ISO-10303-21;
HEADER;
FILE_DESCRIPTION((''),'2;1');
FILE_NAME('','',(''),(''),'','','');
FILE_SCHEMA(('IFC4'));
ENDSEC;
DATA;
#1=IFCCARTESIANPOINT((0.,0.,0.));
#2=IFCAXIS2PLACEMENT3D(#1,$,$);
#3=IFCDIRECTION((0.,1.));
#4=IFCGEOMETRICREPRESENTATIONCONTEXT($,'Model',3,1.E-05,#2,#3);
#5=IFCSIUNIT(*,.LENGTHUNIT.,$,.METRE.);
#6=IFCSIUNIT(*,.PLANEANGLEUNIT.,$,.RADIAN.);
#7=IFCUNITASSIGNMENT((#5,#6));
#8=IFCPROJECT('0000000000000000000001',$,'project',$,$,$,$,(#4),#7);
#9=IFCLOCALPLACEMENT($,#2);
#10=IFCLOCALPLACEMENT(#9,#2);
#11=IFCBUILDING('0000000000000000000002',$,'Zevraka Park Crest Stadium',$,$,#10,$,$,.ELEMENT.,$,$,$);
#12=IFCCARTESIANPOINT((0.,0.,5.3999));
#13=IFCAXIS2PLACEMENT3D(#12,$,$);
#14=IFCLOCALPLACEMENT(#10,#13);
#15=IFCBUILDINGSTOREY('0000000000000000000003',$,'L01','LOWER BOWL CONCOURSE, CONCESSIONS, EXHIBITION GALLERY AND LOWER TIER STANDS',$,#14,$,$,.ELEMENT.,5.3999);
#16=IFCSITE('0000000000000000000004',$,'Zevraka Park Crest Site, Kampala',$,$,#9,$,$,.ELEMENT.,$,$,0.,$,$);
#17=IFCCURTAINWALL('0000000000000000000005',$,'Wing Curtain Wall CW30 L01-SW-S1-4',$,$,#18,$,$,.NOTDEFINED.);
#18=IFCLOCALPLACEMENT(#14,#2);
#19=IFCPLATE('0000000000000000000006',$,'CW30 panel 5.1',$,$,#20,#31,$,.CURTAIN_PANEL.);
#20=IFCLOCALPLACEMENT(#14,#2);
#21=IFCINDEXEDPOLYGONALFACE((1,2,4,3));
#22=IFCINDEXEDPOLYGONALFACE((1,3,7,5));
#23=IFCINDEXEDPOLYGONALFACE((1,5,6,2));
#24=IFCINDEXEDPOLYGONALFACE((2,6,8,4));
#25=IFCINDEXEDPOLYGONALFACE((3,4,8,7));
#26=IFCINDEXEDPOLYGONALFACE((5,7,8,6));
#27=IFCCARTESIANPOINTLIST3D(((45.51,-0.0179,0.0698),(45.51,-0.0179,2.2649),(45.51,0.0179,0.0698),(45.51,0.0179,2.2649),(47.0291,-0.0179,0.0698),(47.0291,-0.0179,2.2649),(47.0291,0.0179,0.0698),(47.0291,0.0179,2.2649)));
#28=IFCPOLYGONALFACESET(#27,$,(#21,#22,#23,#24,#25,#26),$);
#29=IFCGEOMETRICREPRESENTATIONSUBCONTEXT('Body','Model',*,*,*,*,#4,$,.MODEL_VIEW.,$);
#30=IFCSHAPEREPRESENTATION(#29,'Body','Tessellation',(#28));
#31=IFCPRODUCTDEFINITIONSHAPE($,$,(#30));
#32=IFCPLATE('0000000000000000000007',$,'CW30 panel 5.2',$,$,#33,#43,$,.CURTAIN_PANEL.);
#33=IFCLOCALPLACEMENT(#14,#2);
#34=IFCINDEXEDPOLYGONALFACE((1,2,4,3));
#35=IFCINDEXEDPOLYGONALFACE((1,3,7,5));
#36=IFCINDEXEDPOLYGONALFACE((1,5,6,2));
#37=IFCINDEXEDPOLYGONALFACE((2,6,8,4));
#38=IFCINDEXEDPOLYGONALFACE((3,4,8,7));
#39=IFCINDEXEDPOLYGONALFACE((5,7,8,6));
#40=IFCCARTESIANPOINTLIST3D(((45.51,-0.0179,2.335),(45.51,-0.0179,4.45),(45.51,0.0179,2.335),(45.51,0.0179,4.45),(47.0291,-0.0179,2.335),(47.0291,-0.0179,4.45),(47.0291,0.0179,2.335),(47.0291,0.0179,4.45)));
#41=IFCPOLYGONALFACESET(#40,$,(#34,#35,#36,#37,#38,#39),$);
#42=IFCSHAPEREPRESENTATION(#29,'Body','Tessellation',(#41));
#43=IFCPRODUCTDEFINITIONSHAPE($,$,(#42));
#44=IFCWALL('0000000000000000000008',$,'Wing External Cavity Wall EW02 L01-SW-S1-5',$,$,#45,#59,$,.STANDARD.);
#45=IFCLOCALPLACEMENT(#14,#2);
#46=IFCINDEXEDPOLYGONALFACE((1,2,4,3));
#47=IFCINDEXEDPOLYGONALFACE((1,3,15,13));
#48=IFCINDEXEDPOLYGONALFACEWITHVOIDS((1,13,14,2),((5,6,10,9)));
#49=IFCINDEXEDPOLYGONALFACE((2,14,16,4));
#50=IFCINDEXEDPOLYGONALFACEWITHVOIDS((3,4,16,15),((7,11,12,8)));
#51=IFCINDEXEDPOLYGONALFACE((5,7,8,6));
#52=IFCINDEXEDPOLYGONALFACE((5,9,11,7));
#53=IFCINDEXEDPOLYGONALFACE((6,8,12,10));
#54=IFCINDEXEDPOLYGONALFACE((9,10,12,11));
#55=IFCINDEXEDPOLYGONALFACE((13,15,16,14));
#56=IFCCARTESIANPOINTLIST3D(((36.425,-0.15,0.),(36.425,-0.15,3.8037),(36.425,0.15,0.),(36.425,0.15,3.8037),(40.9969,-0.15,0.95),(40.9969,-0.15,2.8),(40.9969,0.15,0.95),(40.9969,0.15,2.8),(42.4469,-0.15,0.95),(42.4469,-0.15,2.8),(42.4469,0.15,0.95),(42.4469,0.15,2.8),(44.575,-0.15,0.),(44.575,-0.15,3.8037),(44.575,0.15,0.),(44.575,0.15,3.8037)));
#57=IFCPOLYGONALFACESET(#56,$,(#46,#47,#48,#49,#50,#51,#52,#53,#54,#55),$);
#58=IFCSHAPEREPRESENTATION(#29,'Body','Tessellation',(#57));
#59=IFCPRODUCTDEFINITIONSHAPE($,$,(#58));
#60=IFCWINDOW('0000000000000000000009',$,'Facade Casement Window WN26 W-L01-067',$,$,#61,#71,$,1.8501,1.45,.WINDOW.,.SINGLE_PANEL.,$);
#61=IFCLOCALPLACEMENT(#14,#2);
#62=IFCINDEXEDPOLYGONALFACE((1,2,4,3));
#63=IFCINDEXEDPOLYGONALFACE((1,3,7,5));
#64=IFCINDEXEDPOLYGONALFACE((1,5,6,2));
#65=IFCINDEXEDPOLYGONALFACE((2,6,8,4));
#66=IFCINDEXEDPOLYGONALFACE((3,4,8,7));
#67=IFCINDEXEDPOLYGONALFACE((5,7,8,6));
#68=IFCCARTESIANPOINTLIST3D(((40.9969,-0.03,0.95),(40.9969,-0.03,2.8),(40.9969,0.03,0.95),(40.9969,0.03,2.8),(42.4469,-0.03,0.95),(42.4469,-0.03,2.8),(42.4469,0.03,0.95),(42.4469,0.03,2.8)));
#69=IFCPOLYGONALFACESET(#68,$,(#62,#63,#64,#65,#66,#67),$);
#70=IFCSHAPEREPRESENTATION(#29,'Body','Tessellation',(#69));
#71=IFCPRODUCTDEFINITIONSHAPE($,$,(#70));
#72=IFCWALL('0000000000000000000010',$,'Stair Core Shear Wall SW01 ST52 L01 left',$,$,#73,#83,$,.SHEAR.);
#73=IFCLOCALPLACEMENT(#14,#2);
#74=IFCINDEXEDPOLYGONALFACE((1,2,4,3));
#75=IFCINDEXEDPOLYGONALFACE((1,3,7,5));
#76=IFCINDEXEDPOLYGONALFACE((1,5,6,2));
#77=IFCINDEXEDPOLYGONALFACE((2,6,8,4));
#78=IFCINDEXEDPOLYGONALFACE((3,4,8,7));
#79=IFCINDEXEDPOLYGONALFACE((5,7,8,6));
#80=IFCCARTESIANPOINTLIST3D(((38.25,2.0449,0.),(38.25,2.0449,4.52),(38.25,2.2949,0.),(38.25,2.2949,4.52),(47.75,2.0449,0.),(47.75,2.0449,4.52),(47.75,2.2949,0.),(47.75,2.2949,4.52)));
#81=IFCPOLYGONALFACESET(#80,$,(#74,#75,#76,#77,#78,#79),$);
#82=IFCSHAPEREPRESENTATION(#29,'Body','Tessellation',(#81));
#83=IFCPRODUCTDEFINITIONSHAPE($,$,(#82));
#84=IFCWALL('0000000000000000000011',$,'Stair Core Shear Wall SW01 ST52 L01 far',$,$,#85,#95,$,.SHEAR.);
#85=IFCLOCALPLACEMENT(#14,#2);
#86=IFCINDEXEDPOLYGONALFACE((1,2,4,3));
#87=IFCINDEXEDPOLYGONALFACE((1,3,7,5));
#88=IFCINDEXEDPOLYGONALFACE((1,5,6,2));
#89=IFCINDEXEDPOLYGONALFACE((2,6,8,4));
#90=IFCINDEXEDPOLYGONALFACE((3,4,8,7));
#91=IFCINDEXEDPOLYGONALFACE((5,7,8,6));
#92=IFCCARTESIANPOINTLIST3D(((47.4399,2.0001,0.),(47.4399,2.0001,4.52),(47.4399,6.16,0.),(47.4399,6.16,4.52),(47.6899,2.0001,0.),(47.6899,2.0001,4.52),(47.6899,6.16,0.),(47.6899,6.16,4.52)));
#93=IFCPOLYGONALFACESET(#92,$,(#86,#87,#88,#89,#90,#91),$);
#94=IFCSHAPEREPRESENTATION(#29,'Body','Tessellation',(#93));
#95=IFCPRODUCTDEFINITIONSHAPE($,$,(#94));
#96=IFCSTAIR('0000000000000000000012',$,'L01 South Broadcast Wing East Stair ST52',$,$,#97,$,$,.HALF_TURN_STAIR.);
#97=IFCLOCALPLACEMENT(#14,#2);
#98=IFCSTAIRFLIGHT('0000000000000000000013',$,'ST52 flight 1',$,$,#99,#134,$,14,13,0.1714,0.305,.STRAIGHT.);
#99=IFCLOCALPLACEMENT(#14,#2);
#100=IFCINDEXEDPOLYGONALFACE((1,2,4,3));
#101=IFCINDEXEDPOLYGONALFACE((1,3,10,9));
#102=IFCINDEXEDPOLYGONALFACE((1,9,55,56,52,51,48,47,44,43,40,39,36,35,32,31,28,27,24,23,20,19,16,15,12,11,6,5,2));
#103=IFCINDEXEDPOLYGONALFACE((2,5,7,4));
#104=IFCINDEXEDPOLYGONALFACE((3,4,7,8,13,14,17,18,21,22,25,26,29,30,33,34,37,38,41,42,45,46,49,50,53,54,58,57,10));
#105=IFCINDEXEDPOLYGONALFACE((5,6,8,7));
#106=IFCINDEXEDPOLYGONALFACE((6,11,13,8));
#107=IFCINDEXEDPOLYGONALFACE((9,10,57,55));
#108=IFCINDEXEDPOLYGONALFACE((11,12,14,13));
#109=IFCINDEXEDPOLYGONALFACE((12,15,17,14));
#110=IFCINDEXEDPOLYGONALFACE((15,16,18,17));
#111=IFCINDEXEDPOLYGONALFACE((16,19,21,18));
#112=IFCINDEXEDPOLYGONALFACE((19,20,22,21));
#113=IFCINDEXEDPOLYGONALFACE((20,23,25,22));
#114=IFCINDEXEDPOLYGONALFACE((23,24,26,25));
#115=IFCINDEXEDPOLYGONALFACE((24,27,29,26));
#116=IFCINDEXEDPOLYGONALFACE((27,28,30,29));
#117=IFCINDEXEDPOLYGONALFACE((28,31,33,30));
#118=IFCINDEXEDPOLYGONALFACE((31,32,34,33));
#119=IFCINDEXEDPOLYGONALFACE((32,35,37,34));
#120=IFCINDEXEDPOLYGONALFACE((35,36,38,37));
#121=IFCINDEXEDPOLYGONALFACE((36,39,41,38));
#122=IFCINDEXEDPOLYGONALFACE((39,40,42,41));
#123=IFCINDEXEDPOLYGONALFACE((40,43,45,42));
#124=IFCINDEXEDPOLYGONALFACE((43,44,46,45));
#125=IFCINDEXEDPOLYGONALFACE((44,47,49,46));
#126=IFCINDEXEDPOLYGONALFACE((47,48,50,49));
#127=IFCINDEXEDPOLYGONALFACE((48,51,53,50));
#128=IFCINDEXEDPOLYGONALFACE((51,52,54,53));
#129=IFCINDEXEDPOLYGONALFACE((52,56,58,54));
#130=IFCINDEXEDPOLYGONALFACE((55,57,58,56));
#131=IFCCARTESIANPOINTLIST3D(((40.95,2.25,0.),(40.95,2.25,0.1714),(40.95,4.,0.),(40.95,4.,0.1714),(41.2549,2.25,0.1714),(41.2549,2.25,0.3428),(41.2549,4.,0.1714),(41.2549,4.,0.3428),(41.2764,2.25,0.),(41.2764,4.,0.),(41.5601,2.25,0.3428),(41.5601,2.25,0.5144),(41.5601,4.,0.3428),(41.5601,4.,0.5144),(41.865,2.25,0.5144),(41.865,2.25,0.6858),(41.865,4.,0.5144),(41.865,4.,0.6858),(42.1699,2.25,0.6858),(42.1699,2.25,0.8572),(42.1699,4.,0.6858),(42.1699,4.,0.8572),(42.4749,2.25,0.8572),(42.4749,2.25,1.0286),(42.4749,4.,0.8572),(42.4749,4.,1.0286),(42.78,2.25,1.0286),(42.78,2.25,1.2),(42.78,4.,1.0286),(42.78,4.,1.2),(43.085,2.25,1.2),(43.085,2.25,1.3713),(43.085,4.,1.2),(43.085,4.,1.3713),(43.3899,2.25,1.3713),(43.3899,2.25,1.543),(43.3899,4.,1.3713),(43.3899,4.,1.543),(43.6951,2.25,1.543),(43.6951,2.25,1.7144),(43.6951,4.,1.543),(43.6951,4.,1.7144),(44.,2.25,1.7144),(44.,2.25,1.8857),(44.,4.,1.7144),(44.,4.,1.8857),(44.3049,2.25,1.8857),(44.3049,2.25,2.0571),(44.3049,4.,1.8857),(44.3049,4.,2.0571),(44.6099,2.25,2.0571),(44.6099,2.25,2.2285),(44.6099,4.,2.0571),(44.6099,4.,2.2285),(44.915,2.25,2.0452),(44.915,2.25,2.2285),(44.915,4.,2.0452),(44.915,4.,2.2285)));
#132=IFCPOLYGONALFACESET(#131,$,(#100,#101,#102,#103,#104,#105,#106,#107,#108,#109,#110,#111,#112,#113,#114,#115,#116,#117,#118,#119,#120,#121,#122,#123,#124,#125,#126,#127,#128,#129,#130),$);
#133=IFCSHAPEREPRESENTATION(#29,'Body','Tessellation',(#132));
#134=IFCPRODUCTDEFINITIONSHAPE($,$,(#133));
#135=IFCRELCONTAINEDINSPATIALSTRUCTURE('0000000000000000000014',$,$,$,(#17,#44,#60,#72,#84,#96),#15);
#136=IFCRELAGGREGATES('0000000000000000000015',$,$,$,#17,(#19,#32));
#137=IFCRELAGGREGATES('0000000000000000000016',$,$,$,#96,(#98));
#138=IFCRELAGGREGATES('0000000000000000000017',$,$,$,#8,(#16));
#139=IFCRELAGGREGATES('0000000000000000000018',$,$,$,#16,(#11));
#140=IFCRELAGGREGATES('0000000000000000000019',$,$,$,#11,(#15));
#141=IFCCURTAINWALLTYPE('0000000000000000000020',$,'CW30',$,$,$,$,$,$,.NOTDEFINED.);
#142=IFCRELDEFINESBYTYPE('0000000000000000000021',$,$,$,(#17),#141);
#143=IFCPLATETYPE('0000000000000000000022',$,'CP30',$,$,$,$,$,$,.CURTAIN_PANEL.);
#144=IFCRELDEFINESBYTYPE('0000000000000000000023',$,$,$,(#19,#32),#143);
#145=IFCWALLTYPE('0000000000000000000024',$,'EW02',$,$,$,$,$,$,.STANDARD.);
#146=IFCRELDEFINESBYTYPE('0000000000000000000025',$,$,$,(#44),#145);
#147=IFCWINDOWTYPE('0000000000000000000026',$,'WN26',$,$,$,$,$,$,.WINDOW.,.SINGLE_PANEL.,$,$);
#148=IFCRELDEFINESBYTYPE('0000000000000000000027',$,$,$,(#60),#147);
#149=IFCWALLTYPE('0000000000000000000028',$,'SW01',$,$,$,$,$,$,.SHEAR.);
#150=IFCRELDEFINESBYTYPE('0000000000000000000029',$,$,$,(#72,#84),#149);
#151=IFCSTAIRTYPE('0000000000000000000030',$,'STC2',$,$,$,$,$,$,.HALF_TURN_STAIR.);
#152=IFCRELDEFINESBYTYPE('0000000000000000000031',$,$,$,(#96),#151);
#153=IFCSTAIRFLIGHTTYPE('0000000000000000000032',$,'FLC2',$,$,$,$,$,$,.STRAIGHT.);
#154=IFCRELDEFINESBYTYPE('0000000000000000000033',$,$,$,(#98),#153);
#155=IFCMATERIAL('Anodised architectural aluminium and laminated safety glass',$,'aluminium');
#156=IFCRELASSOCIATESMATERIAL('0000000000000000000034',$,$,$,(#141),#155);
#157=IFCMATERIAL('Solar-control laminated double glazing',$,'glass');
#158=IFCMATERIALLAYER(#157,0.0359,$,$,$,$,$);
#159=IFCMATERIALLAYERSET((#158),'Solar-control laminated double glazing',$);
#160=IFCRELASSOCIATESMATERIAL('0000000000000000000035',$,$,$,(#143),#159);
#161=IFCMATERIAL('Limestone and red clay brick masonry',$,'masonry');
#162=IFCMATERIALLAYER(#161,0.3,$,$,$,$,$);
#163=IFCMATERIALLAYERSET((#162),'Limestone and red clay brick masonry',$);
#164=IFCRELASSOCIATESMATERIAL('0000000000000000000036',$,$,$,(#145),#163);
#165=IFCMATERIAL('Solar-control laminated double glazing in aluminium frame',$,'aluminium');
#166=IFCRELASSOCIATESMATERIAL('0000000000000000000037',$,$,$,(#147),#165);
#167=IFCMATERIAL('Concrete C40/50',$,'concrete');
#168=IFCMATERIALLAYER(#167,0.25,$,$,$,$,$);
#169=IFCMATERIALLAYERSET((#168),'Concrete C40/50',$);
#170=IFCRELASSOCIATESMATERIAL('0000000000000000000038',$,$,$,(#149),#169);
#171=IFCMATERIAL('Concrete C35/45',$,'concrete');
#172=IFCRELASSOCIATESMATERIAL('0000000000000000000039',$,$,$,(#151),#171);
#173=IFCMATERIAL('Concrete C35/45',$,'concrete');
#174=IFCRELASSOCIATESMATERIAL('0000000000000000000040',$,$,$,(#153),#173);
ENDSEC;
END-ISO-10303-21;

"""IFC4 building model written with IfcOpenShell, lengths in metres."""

from ifc_helpers import new_model, si_unit, direction, frame, frame_2d, origin, origin_2d, place, context, subcontext, project, spatial, polyline, rectangle, outline, extrude, material, layer, layer_set, type_object, element, fill, aggregate, save


model = new_model("IFC4")

# Units and contexts
model_context = context("Model", 3, precision=1e-05, world=origin(), true_north=direction((0.0, 1.0)))
body_context = subcontext(model_context, "Body", "Model", "MODEL_VIEW")
ifc_project = project(units=[si_unit("LENGTHUNIT", "METRE"), si_unit("PLANEANGLEUNIT", "RADIAN")], contexts=[model_context])

# Site, building, storey
site_placement = place(None, origin())
site = spatial("IfcSite", under=ifc_project, at=site_placement, Name="Zevraka Park Crest Site, Kampala", CompositionType="ELEMENT", RefElevation=0.0)
building_placement = place(site_placement, origin())
building = spatial("IfcBuilding", under=site, at=building_placement, Name="Zevraka Park Crest Stadium", CompositionType="ELEMENT")
storey_placement = place(building_placement, frame((0.0, 0.0, 5.3999)))
storey = spatial("IfcBuildingStorey", under=building, at=storey_placement, Name="L01", Description="LOWER BOWL CONCOURSE, CONCESSIONS, EXHIBITION GALLERY AND LOWER TIER STANDS", CompositionType="ELEMENT", Elevation=5.3999)

# Curtain wall, plates
ifc_material_1 = material(Name="Anodised architectural aluminium and laminated safety glass", Category="aluminium")
curtain_wall_type = type_object("IfcCurtainWallType", Name="CW30", PredefinedType="NOTDEFINED", material=ifc_material_1)
curtain_wall_placement = place(storey_placement, origin())
curtain_wall = element("IfcCurtainWall", 1, at=curtain_wall_placement, inside=storey, type_object=curtain_wall_type, Name="Wing Curtain Wall CW30 L01-SW-S1-4", PredefinedType="NOTDEFINED")
ifc_material_2 = material(Name="Solar-control laminated double glazing", Category="glass")
ifc_layer_1 = layer(ifc_material_2, 0.0359)
ifc_layer_set_1 = layer_set([ifc_layer_1], Name="Solar-control laminated double glazing")
plate_type = type_object("IfcPlateType", Name="CP30", PredefinedType="CURTAIN_PANEL", material=ifc_layer_set_1)
plate_1_placement = place(storey_placement, frame((46.2695, 0.0, 0.0698), z_axis=(0.0, 0.0, 1.0), x_axis=(-1.0, 0.0, 0.0)))
plate_1 = element("IfcPlate", 2, at=plate_1_placement, type_object=plate_type, Name="CW30 panel 5.1", PredefinedType="CURTAIN_PANEL", context=body_context, shape_type="SweptSolid", body=[
    extrude(rectangle(XDim=1.519, YDim=0.0359, at=origin_2d()), origin(), (0.0, 0.0, 1.0), 2.1951),
])
plate_2_placement = place(storey_placement, frame((46.2695, 0.0, 2.335), z_axis=(0.0, 0.0, 1.0), x_axis=(-1.0, 0.0, 0.0)))
plate_2 = element("IfcPlate", 3, at=plate_2_placement, type_object=plate_type, Name="CW30 panel 5.2", PredefinedType="CURTAIN_PANEL", context=body_context, shape_type="SweptSolid", body=[
    extrude(rectangle(XDim=1.519, YDim=0.0359, at=origin_2d()), origin(), (0.0, 0.0, 1.0), 2.115),
])
aggregate(curtain_wall, [plate_1, plate_2])

# Wall, opening, window
ifc_material_3 = material(Name="Limestone and red clay brick masonry", Category="masonry")
ifc_layer_2 = layer(ifc_material_3, 0.3)
ifc_layer_set_2 = layer_set([ifc_layer_2], Name="Limestone and red clay brick masonry")
wall_type_1 = type_object("IfcWallType", Name="EW02", PredefinedType="STANDARD", material=ifc_layer_set_2)
wall_1_placement = place(storey_placement, frame((44.575, 0.0, 0.0), z_axis=(0.0, 0.0, 1.0), x_axis=(-1.0, 0.0, 0.0)))
wall_1 = element("IfcWall", 4, at=wall_1_placement, inside=storey, type_object=wall_type_1, Name="Wing External Cavity Wall EW02 L01-SW-S1-5", PredefinedType="STANDARD", context=body_context, shape_type="SweptSolid", body=[
    extrude(rectangle(XDim=8.1499, YDim=0.3, at=frame_2d((4.075, 0.0))), origin(), (0.0, 0.0, 1.0), 3.8037),
])
opening_placement = place(wall_1_placement, frame((2.1279, 0.0, 0.95)))
opening = element("IfcOpeningElement", 5, at=opening_placement, cuts=wall_1, PredefinedType="OPENING", context=body_context, shape_type="SweptSolid", body=[
    extrude(rectangle(XDim=1.45, YDim=1.8501, at=frame_2d((0.7251, 0.925))), frame((0.0, 0.1599, 0.0), z_axis=(0.0, -1.0, 0.0), x_axis=(1.0, 0.0, 0.0)), (0.0, 0.0, 1.0), 0.3201),
])
ifc_material_4 = material(Name="Solar-control laminated double glazing in aluminium frame", Category="aluminium")
window_type = type_object("IfcWindowType", Name="WN26", PartitioningType="SINGLE_PANEL", PredefinedType="WINDOW", material=ifc_material_4)
window_placement = place(opening_placement, origin())
window = element("IfcWindow", 6, at=window_placement, inside=storey, type_object=window_type, Name="Facade Casement Window WN26 W-L01-067", OverallHeight=1.8501, OverallWidth=1.45, PartitioningType="SINGLE_PANEL", PredefinedType="WINDOW", context=body_context, shape_type="SweptSolid", body=[
    extrude(rectangle(XDim=1.45, YDim=1.8501, at=frame_2d((0.7251, 0.925))), frame((0.0, 0.03, 0.0), z_axis=(0.0, -1.0, 0.0), x_axis=(1.0, 0.0, 0.0)), (0.0, 0.0, 1.0), 0.0601),
])
fill(opening, window)

# Walls
ifc_material_5 = material(Name="Concrete C40/50", Category="concrete")
ifc_layer_3 = layer(ifc_material_5, 0.25)
ifc_layer_set_3 = layer_set([ifc_layer_3], Name="Concrete C40/50")
wall_type_2 = type_object("IfcWallType", Name="SW01", PredefinedType="SHEAR", material=ifc_layer_set_3)
wall_2_placement = place(storey_placement, frame((38.25, 2.1699, 0.0), z_axis=(0.0, 0.0, 1.0), x_axis=(1.0, 0.0, 0.0)))
element("IfcWall", 7, at=wall_2_placement, inside=storey, type_object=wall_type_2, Name="Stair Core Shear Wall SW01 ST52 L01 left", PredefinedType="SHEAR", context=body_context, shape_type="SweptSolid", body=[
    extrude(rectangle(XDim=9.5, YDim=0.25, at=frame_2d((4.75, 0.0))), origin(), (0.0, 0.0, 1.0), 4.52),
])
wall_3_placement = place(storey_placement, frame((47.5649, 2.0, 0.0), z_axis=(0.0, 0.0, 1.0), x_axis=(0.0, 1.0, 0.0)))
element("IfcWall", 8, at=wall_3_placement, inside=storey, type_object=wall_type_2, Name="Stair Core Shear Wall SW01 ST52 L01 far", PredefinedType="SHEAR", context=body_context, shape_type="SweptSolid", body=[
    extrude(rectangle(XDim=4.1599, YDim=0.25, at=frame_2d((2.0801, 0.0))), origin(), (0.0, 0.0, 1.0), 4.52),
])

# Stair, stair flight
ifc_material_6 = material(Name="Concrete C35/45", Category="concrete")
stair_type = type_object("IfcStairType", Name="STC2", PredefinedType="HALF_TURN_STAIR", material=ifc_material_6)
stair_placement = place(storey_placement, origin())
stair = element("IfcStair", 9, at=stair_placement, inside=storey, type_object=stair_type, Name="L01 South Broadcast Wing East Stair ST52", PredefinedType="HALF_TURN_STAIR")
ifc_material_7 = material(Name="Concrete C35/45", Category="concrete")
stair_flight_type = type_object("IfcStairFlightType", Name="FLC2", PredefinedType="STRAIGHT", material=ifc_material_7)
stair_flight_placement = place(storey_placement, frame((40.95, 3.125, 0.0), z_axis=(0.0, 0.0, 1.0), x_axis=(1.0, 0.0, 0.0)))
stair_flight = element("IfcStairFlight", 10, at=stair_flight_placement, type_object=stair_flight_type, Name="ST52 flight 1", NumberOfRisers=14, NumberOfTreads=13, PredefinedType="STRAIGHT", RiserHeight=0.1714, TreadLength=0.305, context=body_context, shape_type="SweptSolid", body=[
    extrude(outline(polyline([(0.0, 0.0), (0.0, 0.1714), (0.3049, 0.1714), (0.3049, 0.3428), (0.6101, 0.3428), (0.6101, 0.5144), (0.915, 0.5144), (0.915, 0.6858), (1.22, 0.6858), (1.22, 0.8572), (1.5249, 0.8572), (1.5249, 1.0286), (1.8301, 1.0286), (1.8301, 1.2), (2.135, 1.2), (2.135, 1.3713), (2.4399, 1.3713), (2.4399, 1.543), (2.7451, 1.543), (2.7451, 1.7144), (3.05, 1.7144), (3.05, 1.8857), (3.355, 1.8857), (3.355, 2.0571), (3.6599, 2.0571), (3.6599, 2.2285), (3.9651, 2.2285), (3.9651, 2.3999), (3.9651, 2.0452), (0.3264, 0.0), (0.0, 0.0)])), frame((0.0, 0.875, 0.0), z_axis=(0.0, -1.0, 0.0), x_axis=(1.0, 0.0, 0.0)), (0.0, 0.0, 1.0), 1.75),
])
aggregate(stair, [stair_flight])

save(model, "model.ifc")
